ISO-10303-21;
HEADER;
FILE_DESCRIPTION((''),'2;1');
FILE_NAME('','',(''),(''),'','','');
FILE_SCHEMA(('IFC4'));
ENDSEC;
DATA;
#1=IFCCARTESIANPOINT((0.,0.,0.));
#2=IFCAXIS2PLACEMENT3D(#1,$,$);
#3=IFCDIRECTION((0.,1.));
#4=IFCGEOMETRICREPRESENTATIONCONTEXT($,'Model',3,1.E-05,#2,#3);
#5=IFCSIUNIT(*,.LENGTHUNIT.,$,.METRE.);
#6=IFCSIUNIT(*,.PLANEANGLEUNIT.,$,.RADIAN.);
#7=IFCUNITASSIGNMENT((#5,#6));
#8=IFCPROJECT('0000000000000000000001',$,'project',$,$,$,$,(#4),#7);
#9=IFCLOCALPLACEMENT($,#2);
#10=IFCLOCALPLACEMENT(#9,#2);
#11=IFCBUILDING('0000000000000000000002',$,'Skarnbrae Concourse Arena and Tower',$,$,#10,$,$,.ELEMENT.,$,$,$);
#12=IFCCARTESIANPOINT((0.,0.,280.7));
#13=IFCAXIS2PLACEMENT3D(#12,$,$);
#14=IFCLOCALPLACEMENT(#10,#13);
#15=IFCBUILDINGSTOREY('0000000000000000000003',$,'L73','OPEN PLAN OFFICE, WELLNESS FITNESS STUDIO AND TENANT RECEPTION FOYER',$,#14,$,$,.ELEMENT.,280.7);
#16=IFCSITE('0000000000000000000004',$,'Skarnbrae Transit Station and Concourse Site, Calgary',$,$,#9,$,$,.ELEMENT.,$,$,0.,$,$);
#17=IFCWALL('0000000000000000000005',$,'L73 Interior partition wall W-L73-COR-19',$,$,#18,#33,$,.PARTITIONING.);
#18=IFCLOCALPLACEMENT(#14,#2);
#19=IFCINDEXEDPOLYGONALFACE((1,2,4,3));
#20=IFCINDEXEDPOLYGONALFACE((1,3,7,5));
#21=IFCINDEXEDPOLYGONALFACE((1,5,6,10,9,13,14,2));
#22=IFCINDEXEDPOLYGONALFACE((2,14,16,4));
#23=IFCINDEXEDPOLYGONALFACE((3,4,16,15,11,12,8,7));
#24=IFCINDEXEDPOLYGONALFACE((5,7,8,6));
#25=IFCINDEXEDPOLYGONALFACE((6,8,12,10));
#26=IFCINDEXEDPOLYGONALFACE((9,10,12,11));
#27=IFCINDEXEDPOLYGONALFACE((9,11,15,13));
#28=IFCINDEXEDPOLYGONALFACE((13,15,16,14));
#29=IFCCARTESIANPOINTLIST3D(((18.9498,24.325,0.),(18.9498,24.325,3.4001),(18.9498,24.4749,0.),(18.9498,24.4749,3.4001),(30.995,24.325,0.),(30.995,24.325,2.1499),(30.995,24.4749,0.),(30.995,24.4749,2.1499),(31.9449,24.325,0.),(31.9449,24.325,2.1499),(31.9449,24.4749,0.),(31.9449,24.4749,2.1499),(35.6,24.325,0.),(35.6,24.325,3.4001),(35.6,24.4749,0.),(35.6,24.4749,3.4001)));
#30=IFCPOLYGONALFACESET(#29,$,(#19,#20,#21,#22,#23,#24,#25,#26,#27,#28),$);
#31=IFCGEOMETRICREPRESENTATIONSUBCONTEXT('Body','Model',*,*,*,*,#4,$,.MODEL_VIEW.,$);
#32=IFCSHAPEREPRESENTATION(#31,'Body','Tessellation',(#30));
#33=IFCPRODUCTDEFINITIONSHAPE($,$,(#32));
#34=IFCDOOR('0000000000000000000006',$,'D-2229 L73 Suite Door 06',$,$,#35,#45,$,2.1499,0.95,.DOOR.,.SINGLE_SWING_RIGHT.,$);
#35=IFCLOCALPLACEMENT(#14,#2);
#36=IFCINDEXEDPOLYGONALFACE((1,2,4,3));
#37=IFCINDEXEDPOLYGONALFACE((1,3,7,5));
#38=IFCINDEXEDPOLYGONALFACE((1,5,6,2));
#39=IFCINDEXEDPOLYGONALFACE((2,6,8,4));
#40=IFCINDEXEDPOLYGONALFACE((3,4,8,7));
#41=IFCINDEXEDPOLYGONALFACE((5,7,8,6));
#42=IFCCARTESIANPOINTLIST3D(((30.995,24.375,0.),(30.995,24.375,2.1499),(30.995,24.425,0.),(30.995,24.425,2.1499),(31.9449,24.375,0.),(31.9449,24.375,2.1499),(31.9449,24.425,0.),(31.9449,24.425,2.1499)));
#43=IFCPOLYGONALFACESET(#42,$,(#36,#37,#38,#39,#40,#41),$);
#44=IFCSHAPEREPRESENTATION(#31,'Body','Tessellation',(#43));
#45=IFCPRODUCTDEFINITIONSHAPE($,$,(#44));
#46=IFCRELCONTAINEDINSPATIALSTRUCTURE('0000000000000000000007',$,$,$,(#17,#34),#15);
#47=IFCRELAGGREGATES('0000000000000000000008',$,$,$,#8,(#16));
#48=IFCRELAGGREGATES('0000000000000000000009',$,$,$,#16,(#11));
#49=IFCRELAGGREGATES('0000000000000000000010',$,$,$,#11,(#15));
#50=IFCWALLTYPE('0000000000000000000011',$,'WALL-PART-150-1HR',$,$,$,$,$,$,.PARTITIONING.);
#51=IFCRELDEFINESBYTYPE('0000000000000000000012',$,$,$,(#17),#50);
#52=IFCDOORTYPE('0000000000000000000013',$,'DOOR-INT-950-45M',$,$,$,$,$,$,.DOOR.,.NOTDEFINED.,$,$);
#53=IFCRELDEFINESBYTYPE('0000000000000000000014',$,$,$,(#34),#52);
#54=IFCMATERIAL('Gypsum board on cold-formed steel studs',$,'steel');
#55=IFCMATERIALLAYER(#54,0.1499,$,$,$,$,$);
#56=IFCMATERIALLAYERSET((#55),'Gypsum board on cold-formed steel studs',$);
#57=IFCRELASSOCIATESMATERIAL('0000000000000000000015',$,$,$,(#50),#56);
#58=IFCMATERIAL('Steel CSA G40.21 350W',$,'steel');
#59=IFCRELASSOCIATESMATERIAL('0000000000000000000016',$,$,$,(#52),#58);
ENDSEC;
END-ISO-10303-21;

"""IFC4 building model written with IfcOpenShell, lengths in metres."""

from ifc_helpers import new_model, si_unit, direction, frame, frame_2d, origin, place, context, subcontext, project, spatial, rectangle, extrude, source, transform, mapped, material, layer, layer_set, type_object, element, fill, save


model = new_model("IFC4")

# Units and contexts
model_context = context("Model", 3, precision=1e-05, world=origin(), true_north=direction((0.0, 1.0)))
body_context = subcontext(model_context, "Body", "Model", "MODEL_VIEW")
ifc_project = project(units=[si_unit("LENGTHUNIT", "METRE"), si_unit("PLANEANGLEUNIT", "RADIAN")], contexts=[model_context])

# Site, building, storey
site_placement = place(None, origin())
site = spatial("IfcSite", under=ifc_project, at=site_placement, Name="Skarnbrae Transit Station and Concourse Site, Calgary", CompositionType="ELEMENT", RefElevation=0.0)
building_placement = place(site_placement, origin())
building = spatial("IfcBuilding", under=site, at=building_placement, Name="Skarnbrae Concourse Arena and Tower", CompositionType="ELEMENT")
storey_placement = place(building_placement, frame((0.0, 0.0, 280.7)))
storey = spatial("IfcBuildingStorey", under=building, at=storey_placement, Name="L73", Description="OPEN PLAN OFFICE, WELLNESS FITNESS STUDIO AND TENANT RECEPTION FOYER", CompositionType="ELEMENT", Elevation=280.7)

# Shared definitions
ifc_material_1 = material(Name="Steel CSA G40.21 350W", Category="steel")

# Shared definitions
ifc_material_2 = material(Name="Gypsum board on cold-formed steel studs", Category="steel")
ifc_layer_1 = layer(ifc_material_2, 0.1499)
ifc_layer_set_1 = layer_set([ifc_layer_1], Name="Gypsum board on cold-formed steel studs")
wall_type = type_object("IfcWallType", Name="WALL-PART-150-1HR", PredefinedType="PARTITIONING", material=ifc_layer_set_1)

# Shared definitions
door_type = type_object("IfcDoorType", Name="DOOR-INT-950-45M", OperationType="NOTDEFINED", PredefinedType="DOOR", material=ifc_material_1)
shared_shape_1 = source(origin(), body_context, "Body", "SweptSolid", [
    extrude(rectangle(XDim=0.95, YDim=2.1499, at=frame_2d((0.4751, 1.075))), frame((0.0, 0.0249, 0.0), z_axis=(0.0, -1.0, 0.0), x_axis=(1.0, 0.0, 0.0)), (0.0, 0.0, 1.0), 0.05),
])

# Wall, opening, door
shared_shape_2 = source(origin(), body_context, "Body", "SweptSolid", [
    extrude(rectangle(XDim=16.6501, YDim=0.1499, at=frame_2d((8.3252, 0.0))), origin(), (0.0, 0.0, 1.0), 3.4001),
])
wall_1_placement = place(storey_placement, frame((35.6001, 24.3999, 0.0), z_axis=(0.0, 0.0, 1.0), x_axis=(-1.0, 0.0, 0.0)))
wall_1 = element("IfcWall", 1, at=wall_1_placement, inside=storey, type_object=wall_type, Name="L73 Interior partition wall W-L73-COR-19", PredefinedType="PARTITIONING", context=body_context, shape_type="MappedRepresentation", body=[
    mapped(shared_shape_2, transform((0.0, 0.0, 0.0))),
])
opening_1_placement = place(wall_1_placement, frame((3.655, 0.0, 0.0)))
opening_1 = element("IfcOpeningElement", 2, at=opening_1_placement, cuts=wall_1, PredefinedType="OPENING", context=body_context, shape_type="SweptSolid", body=[
    extrude(rectangle(XDim=0.95, YDim=2.1499, at=frame_2d((0.4751, 1.075))), frame((0.0, 0.085, 0.0), z_axis=(0.0, -1.0, 0.0), x_axis=(1.0, 0.0, 0.0)), (0.0, 0.0, 1.0), 0.1699),
])
door_1_placement = place(opening_1_placement, origin())
door_1 = element("IfcDoor", 3, at=door_1_placement, inside=storey, type_object=door_type, Name="D-2229 L73 Suite Door 06", OperationType="SINGLE_SWING_RIGHT", OverallHeight=2.1499, OverallWidth=0.95, PredefinedType="DOOR", context=body_context, shape_type="MappedRepresentation", body=[
    mapped(shared_shape_1, transform((0.0, 0.0, 0.0))),
])
fill(opening_1, door_1)

save(model, "model.ifc")
